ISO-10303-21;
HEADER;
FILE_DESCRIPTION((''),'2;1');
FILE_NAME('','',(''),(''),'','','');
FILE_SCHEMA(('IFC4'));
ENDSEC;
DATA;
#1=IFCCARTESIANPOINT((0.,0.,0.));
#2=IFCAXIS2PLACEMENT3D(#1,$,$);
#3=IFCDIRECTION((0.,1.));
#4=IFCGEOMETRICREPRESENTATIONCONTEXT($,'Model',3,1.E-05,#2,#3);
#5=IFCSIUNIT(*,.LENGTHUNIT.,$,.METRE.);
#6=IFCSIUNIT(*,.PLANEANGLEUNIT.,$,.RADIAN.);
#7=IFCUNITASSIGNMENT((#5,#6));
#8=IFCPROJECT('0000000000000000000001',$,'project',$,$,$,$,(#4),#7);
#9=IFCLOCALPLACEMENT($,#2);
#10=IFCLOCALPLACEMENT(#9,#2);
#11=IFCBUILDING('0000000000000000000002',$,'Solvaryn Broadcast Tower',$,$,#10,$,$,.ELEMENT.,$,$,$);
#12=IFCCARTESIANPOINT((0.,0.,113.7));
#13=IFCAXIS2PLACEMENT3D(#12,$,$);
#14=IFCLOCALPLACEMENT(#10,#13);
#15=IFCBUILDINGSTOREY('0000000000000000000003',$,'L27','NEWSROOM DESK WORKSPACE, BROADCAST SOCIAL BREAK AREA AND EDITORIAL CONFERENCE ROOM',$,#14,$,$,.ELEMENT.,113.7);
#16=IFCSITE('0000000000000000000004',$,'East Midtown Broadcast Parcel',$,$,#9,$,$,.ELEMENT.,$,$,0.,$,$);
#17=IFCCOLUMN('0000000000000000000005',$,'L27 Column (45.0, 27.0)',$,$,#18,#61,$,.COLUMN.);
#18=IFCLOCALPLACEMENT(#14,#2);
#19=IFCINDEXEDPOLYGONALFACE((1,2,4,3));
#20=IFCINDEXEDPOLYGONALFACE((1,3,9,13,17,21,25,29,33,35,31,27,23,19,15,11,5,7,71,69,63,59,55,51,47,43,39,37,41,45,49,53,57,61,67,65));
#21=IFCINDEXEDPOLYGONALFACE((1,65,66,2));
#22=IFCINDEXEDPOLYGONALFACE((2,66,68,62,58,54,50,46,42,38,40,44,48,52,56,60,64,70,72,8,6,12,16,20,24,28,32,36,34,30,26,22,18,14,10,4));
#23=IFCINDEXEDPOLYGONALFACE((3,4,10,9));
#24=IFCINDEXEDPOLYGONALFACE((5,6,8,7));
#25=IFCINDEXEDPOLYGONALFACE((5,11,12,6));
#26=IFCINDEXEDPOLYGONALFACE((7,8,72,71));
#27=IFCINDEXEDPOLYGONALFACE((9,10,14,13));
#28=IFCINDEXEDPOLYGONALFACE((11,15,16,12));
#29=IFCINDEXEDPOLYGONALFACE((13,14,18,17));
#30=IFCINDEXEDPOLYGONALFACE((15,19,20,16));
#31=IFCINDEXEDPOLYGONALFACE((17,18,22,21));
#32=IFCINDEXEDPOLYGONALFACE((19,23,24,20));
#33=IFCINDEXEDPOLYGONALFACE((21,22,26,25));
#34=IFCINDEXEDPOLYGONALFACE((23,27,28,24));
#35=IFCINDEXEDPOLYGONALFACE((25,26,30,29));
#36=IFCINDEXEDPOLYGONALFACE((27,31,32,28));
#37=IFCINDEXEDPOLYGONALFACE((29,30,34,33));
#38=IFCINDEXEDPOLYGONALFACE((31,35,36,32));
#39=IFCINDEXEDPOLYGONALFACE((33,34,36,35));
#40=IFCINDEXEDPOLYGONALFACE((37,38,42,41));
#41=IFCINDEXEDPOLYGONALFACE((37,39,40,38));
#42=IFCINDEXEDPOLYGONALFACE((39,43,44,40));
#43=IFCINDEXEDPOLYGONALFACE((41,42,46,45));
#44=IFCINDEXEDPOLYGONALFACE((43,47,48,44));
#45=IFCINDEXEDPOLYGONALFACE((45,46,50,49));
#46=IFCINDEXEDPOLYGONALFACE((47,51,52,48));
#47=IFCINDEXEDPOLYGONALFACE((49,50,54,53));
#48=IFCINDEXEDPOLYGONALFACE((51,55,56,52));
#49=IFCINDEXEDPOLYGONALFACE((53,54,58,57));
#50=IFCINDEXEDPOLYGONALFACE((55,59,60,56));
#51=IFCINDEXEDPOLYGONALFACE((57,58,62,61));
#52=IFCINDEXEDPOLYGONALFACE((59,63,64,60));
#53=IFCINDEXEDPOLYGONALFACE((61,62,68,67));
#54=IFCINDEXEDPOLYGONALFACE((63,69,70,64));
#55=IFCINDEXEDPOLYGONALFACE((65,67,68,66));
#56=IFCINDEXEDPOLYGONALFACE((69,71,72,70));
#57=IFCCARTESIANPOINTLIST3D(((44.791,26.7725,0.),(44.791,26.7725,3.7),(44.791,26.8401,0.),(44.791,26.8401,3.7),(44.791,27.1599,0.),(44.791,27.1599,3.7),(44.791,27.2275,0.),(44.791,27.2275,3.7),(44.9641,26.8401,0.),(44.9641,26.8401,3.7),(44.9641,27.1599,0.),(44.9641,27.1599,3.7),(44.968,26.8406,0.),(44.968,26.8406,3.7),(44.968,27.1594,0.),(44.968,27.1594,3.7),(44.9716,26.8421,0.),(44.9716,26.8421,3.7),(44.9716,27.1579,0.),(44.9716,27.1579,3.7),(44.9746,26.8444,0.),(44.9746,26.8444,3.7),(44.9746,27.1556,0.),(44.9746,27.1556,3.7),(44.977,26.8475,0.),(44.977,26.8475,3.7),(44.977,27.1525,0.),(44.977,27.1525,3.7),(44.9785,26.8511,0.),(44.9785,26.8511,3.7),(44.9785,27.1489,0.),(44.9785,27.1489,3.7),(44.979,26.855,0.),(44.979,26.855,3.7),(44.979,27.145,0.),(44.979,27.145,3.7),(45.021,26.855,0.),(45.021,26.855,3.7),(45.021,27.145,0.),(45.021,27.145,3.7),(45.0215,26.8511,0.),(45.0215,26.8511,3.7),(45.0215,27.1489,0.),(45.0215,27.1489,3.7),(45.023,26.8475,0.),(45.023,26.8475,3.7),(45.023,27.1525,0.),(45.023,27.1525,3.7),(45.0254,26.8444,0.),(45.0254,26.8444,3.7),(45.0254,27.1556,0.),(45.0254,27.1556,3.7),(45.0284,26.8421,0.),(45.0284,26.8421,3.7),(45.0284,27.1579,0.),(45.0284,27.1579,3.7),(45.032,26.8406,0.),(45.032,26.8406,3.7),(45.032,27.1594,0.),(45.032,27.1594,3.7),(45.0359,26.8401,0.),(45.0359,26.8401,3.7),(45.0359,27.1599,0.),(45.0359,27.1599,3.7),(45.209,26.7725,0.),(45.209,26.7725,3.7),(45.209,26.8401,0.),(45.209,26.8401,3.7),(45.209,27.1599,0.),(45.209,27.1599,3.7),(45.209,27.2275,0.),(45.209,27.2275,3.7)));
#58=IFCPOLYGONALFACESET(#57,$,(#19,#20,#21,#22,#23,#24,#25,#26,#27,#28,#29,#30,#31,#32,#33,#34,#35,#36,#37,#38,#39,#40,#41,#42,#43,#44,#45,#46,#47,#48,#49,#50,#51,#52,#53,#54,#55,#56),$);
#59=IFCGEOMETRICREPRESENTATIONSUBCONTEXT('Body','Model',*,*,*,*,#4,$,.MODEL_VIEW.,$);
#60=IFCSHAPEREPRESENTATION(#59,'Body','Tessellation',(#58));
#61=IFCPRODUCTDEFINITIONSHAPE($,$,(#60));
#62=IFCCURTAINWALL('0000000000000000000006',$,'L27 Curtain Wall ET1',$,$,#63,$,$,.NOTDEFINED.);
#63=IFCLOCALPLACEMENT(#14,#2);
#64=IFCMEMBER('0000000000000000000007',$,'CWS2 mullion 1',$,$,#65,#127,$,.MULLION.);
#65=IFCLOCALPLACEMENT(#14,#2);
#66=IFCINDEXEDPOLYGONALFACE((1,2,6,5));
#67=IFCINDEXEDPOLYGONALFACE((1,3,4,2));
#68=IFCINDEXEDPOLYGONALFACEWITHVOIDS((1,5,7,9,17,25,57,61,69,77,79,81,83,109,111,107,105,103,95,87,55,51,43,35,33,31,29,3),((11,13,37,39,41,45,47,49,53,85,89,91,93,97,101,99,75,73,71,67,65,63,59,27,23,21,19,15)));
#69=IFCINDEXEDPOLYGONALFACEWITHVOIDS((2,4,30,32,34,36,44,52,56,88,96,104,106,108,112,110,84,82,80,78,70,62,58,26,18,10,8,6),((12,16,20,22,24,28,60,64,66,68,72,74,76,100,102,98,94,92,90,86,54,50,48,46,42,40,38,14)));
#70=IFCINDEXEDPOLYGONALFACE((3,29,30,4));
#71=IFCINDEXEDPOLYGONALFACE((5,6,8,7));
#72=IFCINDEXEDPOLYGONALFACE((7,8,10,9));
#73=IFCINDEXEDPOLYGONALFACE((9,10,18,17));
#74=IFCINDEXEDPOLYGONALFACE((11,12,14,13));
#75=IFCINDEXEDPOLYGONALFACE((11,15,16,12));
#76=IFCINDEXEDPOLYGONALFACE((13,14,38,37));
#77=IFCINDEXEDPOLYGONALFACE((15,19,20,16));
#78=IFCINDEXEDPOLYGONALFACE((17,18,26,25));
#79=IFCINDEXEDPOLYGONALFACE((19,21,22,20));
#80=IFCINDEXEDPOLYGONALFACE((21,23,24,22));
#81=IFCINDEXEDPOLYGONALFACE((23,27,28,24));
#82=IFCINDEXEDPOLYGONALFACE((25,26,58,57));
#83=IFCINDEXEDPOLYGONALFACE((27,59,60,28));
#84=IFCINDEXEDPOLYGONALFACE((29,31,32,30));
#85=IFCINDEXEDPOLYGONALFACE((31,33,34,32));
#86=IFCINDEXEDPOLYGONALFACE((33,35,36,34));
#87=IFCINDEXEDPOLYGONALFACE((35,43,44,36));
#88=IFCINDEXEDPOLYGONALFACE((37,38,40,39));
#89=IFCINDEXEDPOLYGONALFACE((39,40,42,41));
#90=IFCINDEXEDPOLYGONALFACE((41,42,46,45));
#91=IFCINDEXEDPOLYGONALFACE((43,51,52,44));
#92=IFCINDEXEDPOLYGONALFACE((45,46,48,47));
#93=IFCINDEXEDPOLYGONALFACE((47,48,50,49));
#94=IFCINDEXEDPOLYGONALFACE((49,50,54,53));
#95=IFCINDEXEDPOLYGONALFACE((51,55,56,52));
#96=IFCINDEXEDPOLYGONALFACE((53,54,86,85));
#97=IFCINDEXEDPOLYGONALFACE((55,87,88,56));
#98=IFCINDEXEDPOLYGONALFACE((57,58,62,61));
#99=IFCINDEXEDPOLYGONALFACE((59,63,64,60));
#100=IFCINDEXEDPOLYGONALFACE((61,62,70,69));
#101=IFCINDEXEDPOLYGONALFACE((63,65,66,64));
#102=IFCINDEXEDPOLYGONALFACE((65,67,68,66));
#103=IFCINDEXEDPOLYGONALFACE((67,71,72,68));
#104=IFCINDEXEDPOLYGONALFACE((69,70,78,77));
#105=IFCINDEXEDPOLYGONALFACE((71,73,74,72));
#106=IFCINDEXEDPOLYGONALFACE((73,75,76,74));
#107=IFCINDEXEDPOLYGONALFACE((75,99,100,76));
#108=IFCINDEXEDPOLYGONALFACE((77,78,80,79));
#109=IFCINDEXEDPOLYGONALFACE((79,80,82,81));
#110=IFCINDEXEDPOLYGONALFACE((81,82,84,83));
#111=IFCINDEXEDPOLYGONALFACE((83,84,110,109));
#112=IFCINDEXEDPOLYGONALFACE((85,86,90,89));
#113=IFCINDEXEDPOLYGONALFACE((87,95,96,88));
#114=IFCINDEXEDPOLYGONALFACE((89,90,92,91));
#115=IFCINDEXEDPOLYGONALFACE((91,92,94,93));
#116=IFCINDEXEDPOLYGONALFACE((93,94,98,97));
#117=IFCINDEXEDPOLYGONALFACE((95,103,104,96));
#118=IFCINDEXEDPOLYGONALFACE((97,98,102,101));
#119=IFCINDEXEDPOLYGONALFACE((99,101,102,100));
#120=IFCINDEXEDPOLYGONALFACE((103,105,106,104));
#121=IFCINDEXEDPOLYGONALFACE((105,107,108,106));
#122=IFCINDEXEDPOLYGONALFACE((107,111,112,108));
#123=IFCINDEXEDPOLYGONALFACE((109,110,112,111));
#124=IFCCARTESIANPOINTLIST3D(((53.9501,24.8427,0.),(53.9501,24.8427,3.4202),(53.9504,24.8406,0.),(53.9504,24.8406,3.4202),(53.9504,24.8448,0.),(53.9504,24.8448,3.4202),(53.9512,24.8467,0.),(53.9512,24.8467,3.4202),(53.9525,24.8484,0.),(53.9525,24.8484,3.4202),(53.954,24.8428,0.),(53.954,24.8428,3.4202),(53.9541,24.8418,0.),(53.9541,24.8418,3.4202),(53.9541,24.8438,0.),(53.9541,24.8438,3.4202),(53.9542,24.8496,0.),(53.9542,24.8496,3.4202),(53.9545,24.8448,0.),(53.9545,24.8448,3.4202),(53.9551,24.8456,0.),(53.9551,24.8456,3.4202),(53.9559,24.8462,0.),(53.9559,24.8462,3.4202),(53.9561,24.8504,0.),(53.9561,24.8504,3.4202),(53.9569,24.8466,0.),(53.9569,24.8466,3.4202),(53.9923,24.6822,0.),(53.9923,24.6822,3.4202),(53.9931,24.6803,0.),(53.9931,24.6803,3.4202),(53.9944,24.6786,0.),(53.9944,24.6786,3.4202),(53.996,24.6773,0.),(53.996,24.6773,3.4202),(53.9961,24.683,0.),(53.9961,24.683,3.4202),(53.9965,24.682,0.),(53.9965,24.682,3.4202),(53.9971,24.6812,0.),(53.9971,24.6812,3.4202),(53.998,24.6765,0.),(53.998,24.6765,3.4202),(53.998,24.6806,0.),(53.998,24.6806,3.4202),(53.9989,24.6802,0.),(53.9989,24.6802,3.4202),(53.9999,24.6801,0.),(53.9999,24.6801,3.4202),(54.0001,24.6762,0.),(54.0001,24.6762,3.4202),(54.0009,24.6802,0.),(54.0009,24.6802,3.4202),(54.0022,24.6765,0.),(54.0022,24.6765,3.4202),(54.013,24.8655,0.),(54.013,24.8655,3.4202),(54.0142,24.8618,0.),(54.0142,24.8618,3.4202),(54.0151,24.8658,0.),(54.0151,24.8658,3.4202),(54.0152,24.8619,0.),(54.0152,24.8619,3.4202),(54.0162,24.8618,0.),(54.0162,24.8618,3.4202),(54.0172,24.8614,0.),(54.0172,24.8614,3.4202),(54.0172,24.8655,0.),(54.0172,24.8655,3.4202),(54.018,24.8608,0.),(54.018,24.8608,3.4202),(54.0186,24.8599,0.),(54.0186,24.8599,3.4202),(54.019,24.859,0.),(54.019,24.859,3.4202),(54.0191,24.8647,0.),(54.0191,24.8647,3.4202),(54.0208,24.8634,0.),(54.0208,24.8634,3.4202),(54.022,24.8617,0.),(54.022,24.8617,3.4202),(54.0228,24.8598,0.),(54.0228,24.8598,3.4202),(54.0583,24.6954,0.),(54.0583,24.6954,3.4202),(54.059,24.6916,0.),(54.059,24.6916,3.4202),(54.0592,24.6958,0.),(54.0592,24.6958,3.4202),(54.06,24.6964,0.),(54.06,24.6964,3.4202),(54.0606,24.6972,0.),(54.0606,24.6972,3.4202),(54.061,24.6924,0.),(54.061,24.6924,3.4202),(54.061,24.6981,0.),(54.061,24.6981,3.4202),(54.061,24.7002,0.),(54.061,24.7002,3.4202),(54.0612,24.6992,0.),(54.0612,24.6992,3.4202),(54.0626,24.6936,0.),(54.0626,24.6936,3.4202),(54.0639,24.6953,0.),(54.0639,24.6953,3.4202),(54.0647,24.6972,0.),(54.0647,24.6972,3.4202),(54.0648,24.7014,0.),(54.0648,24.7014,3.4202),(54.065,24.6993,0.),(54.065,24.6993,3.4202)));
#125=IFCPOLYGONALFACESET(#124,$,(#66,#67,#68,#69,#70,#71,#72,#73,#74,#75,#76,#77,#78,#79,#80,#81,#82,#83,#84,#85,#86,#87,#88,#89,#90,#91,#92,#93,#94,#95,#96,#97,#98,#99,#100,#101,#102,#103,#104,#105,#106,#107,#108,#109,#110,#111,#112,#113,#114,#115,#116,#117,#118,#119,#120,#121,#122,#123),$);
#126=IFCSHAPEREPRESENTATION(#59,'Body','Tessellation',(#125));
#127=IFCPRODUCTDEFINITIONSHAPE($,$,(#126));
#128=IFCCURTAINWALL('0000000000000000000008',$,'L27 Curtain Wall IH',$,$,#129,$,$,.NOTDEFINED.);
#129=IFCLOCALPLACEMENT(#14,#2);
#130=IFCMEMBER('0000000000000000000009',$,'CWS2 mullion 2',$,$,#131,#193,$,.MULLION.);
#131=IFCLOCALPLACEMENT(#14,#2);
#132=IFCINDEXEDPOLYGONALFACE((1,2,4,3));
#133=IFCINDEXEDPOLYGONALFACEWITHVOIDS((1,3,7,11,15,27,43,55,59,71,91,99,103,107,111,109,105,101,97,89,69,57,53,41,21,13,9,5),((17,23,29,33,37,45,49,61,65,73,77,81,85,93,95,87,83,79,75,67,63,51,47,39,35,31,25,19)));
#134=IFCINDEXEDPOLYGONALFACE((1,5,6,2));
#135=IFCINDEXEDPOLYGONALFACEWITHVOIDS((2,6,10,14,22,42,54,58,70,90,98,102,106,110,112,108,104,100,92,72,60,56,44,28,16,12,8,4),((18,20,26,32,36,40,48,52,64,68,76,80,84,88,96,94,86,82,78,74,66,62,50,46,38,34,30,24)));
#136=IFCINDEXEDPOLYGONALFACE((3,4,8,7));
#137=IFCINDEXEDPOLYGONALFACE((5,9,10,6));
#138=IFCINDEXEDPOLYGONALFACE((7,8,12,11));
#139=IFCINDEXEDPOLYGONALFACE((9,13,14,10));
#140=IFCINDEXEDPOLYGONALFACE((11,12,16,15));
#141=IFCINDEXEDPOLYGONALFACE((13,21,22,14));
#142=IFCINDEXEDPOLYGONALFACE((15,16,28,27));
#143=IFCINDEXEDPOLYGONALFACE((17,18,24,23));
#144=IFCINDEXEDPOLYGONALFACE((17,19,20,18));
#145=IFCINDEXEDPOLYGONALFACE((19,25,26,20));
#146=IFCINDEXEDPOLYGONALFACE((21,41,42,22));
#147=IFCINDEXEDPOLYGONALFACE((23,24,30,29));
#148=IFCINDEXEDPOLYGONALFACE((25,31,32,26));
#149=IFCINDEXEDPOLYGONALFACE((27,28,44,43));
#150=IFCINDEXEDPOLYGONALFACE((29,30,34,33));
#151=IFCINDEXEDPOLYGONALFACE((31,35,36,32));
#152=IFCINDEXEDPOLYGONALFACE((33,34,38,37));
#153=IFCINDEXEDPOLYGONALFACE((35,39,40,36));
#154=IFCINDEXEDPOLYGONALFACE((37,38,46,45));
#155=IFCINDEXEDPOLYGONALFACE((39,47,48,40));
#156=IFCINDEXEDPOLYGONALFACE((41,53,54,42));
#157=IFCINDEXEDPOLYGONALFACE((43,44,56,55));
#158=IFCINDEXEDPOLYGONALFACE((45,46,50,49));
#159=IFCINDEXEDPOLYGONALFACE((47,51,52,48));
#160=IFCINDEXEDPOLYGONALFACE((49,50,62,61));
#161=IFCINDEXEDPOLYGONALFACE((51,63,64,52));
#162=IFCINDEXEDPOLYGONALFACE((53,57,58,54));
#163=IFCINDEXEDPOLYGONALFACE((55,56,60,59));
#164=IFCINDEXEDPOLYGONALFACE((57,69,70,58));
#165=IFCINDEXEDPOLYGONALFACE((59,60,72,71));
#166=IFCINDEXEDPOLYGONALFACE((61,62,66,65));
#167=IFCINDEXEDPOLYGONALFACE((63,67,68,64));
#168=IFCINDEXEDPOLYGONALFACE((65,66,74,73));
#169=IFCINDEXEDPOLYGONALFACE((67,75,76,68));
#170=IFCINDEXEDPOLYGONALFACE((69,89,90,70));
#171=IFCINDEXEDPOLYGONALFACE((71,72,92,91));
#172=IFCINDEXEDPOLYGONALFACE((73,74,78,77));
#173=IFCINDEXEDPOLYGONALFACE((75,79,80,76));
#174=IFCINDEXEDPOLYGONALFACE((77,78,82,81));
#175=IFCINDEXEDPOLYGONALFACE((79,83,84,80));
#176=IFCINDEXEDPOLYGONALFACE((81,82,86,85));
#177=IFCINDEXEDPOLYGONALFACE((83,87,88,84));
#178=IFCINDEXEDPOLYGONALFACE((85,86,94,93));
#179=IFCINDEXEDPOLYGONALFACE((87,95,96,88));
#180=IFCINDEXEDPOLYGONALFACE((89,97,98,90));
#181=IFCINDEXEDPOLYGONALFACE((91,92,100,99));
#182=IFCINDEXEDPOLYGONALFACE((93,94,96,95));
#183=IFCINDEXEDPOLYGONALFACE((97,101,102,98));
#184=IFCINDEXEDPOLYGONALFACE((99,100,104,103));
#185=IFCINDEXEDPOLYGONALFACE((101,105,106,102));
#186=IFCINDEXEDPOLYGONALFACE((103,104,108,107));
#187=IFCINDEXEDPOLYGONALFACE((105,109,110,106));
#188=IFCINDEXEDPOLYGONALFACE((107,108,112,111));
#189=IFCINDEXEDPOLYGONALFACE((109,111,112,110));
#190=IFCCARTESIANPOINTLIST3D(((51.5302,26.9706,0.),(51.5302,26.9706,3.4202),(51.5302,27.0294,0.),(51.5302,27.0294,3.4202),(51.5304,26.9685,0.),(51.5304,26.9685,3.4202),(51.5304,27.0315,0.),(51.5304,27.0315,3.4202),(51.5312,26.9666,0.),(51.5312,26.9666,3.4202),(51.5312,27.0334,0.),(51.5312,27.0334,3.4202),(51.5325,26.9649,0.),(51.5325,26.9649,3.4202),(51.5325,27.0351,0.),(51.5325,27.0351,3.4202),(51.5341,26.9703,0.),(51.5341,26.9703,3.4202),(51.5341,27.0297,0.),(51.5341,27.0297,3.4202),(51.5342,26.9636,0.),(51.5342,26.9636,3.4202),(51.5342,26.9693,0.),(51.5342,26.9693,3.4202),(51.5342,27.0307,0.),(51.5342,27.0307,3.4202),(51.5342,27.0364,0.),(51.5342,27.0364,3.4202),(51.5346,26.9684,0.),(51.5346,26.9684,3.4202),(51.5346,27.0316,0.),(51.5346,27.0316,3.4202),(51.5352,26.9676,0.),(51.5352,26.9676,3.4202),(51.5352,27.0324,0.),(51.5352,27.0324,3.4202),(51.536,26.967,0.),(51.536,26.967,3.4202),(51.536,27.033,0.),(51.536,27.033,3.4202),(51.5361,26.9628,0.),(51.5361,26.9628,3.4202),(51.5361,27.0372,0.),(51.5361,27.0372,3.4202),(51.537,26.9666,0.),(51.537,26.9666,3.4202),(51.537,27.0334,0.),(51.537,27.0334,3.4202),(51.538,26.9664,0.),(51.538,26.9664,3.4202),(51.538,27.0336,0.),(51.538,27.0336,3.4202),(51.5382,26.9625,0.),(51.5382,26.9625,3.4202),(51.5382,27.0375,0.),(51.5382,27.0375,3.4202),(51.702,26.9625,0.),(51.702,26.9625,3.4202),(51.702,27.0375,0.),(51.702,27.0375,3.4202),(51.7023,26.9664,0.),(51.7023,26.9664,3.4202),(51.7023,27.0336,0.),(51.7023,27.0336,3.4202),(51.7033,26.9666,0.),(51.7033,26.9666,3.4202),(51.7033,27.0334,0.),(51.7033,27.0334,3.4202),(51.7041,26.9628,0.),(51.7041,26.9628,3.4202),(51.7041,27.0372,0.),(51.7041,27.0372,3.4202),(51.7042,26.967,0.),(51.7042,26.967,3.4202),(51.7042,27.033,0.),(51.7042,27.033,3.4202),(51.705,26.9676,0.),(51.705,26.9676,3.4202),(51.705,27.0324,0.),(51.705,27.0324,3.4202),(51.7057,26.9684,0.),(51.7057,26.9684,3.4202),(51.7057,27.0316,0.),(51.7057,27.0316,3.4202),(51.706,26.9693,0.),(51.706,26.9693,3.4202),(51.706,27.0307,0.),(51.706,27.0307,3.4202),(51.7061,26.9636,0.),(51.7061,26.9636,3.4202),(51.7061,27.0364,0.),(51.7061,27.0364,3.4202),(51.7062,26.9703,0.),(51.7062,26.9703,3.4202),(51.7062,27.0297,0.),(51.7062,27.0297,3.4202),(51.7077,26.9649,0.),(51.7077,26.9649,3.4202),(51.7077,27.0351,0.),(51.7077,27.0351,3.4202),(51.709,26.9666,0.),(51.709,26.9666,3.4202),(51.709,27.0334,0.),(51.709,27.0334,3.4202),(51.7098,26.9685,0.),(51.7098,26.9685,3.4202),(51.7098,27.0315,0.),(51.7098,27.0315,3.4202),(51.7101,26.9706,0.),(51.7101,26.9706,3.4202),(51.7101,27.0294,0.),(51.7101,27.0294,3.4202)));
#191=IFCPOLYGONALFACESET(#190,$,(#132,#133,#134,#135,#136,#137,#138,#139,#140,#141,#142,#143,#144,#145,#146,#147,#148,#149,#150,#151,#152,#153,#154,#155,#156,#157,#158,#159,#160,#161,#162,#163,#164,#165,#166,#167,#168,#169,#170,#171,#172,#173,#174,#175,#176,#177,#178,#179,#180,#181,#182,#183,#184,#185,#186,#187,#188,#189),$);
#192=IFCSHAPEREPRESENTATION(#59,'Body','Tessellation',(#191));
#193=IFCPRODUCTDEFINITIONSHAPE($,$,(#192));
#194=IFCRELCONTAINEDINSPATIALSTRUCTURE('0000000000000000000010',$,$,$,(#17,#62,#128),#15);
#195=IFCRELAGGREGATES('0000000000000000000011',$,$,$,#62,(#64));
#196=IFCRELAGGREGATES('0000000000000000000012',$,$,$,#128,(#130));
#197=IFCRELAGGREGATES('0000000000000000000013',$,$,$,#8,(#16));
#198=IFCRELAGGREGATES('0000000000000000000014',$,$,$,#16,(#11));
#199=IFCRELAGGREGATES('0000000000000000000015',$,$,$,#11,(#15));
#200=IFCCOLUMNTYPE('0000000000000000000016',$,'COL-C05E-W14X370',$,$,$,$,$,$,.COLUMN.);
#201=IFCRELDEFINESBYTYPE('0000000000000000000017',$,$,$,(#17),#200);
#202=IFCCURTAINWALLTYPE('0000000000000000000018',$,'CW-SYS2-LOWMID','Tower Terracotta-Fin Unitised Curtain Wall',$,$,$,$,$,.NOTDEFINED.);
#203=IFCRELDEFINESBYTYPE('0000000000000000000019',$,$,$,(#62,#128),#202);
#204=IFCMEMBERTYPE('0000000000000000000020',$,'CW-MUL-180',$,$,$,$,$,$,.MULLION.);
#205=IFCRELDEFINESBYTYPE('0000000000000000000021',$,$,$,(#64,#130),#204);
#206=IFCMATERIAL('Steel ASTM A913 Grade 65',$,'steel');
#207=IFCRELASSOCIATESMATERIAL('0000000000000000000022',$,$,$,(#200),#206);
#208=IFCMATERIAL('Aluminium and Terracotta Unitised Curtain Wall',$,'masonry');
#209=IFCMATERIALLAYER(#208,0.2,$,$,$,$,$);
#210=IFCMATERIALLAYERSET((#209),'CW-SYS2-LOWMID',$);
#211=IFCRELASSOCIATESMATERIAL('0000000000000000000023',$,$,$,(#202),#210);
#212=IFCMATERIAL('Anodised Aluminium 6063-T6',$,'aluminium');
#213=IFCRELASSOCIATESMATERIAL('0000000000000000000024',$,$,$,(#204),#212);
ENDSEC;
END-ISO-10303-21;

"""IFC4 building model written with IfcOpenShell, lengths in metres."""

from ifc_helpers import new_model, si_unit, direction, frame, origin, origin_2d, place, context, subcontext, project, spatial, hollow_rectangle, i_section, extrude, material, layer, layer_set, material_profile, profile_set, type_object, element, aggregate, save


model = new_model("IFC4")

# Units and contexts
model_context = context("Model", 3, precision=1e-05, world=origin(), true_north=direction((0.0, 1.0)))
body_context = subcontext(model_context, "Body", "Model", "MODEL_VIEW")
ifc_project = project(units=[si_unit("LENGTHUNIT", "METRE"), si_unit("PLANEANGLEUNIT", "RADIAN")], contexts=[model_context])

# Site, building, storey
site_placement = place(None, origin())
site = spatial("IfcSite", under=ifc_project, at=site_placement, Name="East Midtown Broadcast Parcel", CompositionType="ELEMENT", RefElevation=0.0)
building_placement = place(site_placement, origin())
building = spatial("IfcBuilding", under=site, at=building_placement, Name="Solvaryn Broadcast Tower", CompositionType="ELEMENT")
storey_placement = place(building_placement, frame((0.0, 0.0, 113.7)))
storey = spatial("IfcBuildingStorey", under=building, at=storey_placement, Name="L27", Description="NEWSROOM DESK WORKSPACE, BROADCAST SOCIAL BREAK AREA AND EDITORIAL CONFERENCE ROOM", CompositionType="ELEMENT", Elevation=113.7)

# Column
ifc_material_1 = material(Name="Steel ASTM A913 Grade 65", Category="steel")
ifc_material_profile_1 = material_profile(ifc_material_1, i_section(OverallWidth=0.418, OverallDepth=0.4551, WebThickness=0.042, FlangeThickness=0.0676, FilletRadius=0.0149, at=origin_2d()))
ifc_profile_set_1 = profile_set([ifc_material_profile_1], Name="Steel ASTM A913 Grade 65")
column_type = type_object("IfcColumnType", Name="COL-C05E-W14X370", PredefinedType="COLUMN", material=ifc_profile_set_1)
column_placement = place(storey_placement, frame((45.0, 27.0, 0.0), z_axis=(0.0, 0.0, 1.0), x_axis=(1.0, 0.0, 0.0)))
element("IfcColumn", 1, at=column_placement, inside=storey, type_object=column_type, Name="L27 Column (45.0, 27.0)", PredefinedType="COLUMN", context=body_context, shape_type="SweptSolid", body=[
    extrude(i_section(OverallWidth=0.418, OverallDepth=0.4551, WebThickness=0.042, FlangeThickness=0.0676, FilletRadius=0.0149, at=origin_2d()), origin(), (0.0, 0.0, 1.0), 3.7),
])

# Curtain walls, members
ifc_material_2 = material(Name="Aluminium and Terracotta Unitised Curtain Wall", Category="masonry")
ifc_layer_1 = layer(ifc_material_2, 0.2)
ifc_layer_set_1 = layer_set([ifc_layer_1], Name="CW-SYS2-LOWMID")
curtain_wall_type = type_object("IfcCurtainWallType", Name="CW-SYS2-LOWMID", Description="Tower Terracotta-Fin Unitised Curtain Wall", PredefinedType="NOTDEFINED", material=ifc_layer_set_1)
curtain_wall_1_placement = place(storey_placement, origin())
curtain_wall_1 = element("IfcCurtainWall", 2, at=curtain_wall_1_placement, inside=storey, type_object=curtain_wall_type, Name="L27 Curtain Wall ET1", PredefinedType="NOTDEFINED")
ifc_material_3 = material(Name="Anodised Aluminium 6063-T6", Category="aluminium")
ifc_material_profile_2 = material_profile(ifc_material_3, hollow_rectangle(XDim=0.075, YDim=0.1799, WallThickness=0.0039, InnerFilletRadius=0.0039, OuterFilletRadius=0.0081, at=origin_2d()))
ifc_profile_set_2 = profile_set([ifc_material_profile_2], Name="Anodised Aluminium 6063-T6")
member_type_1 = type_object("IfcMemberType", Name="CW-MUL-180", PredefinedType="MULLION", material=ifc_profile_set_2)
member_1_placement = place(storey_placement, frame((54.0076, 24.771, 0.0), z_axis=(0.0, 0.0, 1.0), x_axis=(0.966705, 0.255893, 0.0)))
member_1 = element("IfcMember", 3, at=member_1_placement, type_object=member_type_1, Name="CWS2 mullion 1", PredefinedType="MULLION", context=body_context, shape_type="SweptSolid", body=[
    extrude(hollow_rectangle(XDim=0.075, YDim=0.1799, WallThickness=0.0039, InnerFilletRadius=0.0039, OuterFilletRadius=0.0081, at=origin_2d()), origin(), (0.0, 0.0, 1.0), 3.4202),
])
curtain_wall_2_placement = place(storey_placement, origin())
curtain_wall_2 = element("IfcCurtainWall", 4, at=curtain_wall_2_placement, inside=storey, type_object=curtain_wall_type, Name="L27 Curtain Wall IH", PredefinedType="NOTDEFINED")
member_2_placement = place(storey_placement, frame((51.6201, 27.0, 0.0), z_axis=(0.0, 0.0, 1.0), x_axis=(0.0, 1.0, 0.0)))
member_2 = element("IfcMember", 5, at=member_2_placement, type_object=member_type_1, Name="CWS2 mullion 2", PredefinedType="MULLION", context=body_context, shape_type="SweptSolid", body=[
    extrude(hollow_rectangle(XDim=0.075, YDim=0.1799, WallThickness=0.0039, InnerFilletRadius=0.0039, OuterFilletRadius=0.0081, at=origin_2d()), origin(), (0.0, 0.0, 1.0), 3.4202),
])

aggregate(curtain_wall_1, [member_1])
aggregate(curtain_wall_2, [member_2])

save(model, "model.ifc")
